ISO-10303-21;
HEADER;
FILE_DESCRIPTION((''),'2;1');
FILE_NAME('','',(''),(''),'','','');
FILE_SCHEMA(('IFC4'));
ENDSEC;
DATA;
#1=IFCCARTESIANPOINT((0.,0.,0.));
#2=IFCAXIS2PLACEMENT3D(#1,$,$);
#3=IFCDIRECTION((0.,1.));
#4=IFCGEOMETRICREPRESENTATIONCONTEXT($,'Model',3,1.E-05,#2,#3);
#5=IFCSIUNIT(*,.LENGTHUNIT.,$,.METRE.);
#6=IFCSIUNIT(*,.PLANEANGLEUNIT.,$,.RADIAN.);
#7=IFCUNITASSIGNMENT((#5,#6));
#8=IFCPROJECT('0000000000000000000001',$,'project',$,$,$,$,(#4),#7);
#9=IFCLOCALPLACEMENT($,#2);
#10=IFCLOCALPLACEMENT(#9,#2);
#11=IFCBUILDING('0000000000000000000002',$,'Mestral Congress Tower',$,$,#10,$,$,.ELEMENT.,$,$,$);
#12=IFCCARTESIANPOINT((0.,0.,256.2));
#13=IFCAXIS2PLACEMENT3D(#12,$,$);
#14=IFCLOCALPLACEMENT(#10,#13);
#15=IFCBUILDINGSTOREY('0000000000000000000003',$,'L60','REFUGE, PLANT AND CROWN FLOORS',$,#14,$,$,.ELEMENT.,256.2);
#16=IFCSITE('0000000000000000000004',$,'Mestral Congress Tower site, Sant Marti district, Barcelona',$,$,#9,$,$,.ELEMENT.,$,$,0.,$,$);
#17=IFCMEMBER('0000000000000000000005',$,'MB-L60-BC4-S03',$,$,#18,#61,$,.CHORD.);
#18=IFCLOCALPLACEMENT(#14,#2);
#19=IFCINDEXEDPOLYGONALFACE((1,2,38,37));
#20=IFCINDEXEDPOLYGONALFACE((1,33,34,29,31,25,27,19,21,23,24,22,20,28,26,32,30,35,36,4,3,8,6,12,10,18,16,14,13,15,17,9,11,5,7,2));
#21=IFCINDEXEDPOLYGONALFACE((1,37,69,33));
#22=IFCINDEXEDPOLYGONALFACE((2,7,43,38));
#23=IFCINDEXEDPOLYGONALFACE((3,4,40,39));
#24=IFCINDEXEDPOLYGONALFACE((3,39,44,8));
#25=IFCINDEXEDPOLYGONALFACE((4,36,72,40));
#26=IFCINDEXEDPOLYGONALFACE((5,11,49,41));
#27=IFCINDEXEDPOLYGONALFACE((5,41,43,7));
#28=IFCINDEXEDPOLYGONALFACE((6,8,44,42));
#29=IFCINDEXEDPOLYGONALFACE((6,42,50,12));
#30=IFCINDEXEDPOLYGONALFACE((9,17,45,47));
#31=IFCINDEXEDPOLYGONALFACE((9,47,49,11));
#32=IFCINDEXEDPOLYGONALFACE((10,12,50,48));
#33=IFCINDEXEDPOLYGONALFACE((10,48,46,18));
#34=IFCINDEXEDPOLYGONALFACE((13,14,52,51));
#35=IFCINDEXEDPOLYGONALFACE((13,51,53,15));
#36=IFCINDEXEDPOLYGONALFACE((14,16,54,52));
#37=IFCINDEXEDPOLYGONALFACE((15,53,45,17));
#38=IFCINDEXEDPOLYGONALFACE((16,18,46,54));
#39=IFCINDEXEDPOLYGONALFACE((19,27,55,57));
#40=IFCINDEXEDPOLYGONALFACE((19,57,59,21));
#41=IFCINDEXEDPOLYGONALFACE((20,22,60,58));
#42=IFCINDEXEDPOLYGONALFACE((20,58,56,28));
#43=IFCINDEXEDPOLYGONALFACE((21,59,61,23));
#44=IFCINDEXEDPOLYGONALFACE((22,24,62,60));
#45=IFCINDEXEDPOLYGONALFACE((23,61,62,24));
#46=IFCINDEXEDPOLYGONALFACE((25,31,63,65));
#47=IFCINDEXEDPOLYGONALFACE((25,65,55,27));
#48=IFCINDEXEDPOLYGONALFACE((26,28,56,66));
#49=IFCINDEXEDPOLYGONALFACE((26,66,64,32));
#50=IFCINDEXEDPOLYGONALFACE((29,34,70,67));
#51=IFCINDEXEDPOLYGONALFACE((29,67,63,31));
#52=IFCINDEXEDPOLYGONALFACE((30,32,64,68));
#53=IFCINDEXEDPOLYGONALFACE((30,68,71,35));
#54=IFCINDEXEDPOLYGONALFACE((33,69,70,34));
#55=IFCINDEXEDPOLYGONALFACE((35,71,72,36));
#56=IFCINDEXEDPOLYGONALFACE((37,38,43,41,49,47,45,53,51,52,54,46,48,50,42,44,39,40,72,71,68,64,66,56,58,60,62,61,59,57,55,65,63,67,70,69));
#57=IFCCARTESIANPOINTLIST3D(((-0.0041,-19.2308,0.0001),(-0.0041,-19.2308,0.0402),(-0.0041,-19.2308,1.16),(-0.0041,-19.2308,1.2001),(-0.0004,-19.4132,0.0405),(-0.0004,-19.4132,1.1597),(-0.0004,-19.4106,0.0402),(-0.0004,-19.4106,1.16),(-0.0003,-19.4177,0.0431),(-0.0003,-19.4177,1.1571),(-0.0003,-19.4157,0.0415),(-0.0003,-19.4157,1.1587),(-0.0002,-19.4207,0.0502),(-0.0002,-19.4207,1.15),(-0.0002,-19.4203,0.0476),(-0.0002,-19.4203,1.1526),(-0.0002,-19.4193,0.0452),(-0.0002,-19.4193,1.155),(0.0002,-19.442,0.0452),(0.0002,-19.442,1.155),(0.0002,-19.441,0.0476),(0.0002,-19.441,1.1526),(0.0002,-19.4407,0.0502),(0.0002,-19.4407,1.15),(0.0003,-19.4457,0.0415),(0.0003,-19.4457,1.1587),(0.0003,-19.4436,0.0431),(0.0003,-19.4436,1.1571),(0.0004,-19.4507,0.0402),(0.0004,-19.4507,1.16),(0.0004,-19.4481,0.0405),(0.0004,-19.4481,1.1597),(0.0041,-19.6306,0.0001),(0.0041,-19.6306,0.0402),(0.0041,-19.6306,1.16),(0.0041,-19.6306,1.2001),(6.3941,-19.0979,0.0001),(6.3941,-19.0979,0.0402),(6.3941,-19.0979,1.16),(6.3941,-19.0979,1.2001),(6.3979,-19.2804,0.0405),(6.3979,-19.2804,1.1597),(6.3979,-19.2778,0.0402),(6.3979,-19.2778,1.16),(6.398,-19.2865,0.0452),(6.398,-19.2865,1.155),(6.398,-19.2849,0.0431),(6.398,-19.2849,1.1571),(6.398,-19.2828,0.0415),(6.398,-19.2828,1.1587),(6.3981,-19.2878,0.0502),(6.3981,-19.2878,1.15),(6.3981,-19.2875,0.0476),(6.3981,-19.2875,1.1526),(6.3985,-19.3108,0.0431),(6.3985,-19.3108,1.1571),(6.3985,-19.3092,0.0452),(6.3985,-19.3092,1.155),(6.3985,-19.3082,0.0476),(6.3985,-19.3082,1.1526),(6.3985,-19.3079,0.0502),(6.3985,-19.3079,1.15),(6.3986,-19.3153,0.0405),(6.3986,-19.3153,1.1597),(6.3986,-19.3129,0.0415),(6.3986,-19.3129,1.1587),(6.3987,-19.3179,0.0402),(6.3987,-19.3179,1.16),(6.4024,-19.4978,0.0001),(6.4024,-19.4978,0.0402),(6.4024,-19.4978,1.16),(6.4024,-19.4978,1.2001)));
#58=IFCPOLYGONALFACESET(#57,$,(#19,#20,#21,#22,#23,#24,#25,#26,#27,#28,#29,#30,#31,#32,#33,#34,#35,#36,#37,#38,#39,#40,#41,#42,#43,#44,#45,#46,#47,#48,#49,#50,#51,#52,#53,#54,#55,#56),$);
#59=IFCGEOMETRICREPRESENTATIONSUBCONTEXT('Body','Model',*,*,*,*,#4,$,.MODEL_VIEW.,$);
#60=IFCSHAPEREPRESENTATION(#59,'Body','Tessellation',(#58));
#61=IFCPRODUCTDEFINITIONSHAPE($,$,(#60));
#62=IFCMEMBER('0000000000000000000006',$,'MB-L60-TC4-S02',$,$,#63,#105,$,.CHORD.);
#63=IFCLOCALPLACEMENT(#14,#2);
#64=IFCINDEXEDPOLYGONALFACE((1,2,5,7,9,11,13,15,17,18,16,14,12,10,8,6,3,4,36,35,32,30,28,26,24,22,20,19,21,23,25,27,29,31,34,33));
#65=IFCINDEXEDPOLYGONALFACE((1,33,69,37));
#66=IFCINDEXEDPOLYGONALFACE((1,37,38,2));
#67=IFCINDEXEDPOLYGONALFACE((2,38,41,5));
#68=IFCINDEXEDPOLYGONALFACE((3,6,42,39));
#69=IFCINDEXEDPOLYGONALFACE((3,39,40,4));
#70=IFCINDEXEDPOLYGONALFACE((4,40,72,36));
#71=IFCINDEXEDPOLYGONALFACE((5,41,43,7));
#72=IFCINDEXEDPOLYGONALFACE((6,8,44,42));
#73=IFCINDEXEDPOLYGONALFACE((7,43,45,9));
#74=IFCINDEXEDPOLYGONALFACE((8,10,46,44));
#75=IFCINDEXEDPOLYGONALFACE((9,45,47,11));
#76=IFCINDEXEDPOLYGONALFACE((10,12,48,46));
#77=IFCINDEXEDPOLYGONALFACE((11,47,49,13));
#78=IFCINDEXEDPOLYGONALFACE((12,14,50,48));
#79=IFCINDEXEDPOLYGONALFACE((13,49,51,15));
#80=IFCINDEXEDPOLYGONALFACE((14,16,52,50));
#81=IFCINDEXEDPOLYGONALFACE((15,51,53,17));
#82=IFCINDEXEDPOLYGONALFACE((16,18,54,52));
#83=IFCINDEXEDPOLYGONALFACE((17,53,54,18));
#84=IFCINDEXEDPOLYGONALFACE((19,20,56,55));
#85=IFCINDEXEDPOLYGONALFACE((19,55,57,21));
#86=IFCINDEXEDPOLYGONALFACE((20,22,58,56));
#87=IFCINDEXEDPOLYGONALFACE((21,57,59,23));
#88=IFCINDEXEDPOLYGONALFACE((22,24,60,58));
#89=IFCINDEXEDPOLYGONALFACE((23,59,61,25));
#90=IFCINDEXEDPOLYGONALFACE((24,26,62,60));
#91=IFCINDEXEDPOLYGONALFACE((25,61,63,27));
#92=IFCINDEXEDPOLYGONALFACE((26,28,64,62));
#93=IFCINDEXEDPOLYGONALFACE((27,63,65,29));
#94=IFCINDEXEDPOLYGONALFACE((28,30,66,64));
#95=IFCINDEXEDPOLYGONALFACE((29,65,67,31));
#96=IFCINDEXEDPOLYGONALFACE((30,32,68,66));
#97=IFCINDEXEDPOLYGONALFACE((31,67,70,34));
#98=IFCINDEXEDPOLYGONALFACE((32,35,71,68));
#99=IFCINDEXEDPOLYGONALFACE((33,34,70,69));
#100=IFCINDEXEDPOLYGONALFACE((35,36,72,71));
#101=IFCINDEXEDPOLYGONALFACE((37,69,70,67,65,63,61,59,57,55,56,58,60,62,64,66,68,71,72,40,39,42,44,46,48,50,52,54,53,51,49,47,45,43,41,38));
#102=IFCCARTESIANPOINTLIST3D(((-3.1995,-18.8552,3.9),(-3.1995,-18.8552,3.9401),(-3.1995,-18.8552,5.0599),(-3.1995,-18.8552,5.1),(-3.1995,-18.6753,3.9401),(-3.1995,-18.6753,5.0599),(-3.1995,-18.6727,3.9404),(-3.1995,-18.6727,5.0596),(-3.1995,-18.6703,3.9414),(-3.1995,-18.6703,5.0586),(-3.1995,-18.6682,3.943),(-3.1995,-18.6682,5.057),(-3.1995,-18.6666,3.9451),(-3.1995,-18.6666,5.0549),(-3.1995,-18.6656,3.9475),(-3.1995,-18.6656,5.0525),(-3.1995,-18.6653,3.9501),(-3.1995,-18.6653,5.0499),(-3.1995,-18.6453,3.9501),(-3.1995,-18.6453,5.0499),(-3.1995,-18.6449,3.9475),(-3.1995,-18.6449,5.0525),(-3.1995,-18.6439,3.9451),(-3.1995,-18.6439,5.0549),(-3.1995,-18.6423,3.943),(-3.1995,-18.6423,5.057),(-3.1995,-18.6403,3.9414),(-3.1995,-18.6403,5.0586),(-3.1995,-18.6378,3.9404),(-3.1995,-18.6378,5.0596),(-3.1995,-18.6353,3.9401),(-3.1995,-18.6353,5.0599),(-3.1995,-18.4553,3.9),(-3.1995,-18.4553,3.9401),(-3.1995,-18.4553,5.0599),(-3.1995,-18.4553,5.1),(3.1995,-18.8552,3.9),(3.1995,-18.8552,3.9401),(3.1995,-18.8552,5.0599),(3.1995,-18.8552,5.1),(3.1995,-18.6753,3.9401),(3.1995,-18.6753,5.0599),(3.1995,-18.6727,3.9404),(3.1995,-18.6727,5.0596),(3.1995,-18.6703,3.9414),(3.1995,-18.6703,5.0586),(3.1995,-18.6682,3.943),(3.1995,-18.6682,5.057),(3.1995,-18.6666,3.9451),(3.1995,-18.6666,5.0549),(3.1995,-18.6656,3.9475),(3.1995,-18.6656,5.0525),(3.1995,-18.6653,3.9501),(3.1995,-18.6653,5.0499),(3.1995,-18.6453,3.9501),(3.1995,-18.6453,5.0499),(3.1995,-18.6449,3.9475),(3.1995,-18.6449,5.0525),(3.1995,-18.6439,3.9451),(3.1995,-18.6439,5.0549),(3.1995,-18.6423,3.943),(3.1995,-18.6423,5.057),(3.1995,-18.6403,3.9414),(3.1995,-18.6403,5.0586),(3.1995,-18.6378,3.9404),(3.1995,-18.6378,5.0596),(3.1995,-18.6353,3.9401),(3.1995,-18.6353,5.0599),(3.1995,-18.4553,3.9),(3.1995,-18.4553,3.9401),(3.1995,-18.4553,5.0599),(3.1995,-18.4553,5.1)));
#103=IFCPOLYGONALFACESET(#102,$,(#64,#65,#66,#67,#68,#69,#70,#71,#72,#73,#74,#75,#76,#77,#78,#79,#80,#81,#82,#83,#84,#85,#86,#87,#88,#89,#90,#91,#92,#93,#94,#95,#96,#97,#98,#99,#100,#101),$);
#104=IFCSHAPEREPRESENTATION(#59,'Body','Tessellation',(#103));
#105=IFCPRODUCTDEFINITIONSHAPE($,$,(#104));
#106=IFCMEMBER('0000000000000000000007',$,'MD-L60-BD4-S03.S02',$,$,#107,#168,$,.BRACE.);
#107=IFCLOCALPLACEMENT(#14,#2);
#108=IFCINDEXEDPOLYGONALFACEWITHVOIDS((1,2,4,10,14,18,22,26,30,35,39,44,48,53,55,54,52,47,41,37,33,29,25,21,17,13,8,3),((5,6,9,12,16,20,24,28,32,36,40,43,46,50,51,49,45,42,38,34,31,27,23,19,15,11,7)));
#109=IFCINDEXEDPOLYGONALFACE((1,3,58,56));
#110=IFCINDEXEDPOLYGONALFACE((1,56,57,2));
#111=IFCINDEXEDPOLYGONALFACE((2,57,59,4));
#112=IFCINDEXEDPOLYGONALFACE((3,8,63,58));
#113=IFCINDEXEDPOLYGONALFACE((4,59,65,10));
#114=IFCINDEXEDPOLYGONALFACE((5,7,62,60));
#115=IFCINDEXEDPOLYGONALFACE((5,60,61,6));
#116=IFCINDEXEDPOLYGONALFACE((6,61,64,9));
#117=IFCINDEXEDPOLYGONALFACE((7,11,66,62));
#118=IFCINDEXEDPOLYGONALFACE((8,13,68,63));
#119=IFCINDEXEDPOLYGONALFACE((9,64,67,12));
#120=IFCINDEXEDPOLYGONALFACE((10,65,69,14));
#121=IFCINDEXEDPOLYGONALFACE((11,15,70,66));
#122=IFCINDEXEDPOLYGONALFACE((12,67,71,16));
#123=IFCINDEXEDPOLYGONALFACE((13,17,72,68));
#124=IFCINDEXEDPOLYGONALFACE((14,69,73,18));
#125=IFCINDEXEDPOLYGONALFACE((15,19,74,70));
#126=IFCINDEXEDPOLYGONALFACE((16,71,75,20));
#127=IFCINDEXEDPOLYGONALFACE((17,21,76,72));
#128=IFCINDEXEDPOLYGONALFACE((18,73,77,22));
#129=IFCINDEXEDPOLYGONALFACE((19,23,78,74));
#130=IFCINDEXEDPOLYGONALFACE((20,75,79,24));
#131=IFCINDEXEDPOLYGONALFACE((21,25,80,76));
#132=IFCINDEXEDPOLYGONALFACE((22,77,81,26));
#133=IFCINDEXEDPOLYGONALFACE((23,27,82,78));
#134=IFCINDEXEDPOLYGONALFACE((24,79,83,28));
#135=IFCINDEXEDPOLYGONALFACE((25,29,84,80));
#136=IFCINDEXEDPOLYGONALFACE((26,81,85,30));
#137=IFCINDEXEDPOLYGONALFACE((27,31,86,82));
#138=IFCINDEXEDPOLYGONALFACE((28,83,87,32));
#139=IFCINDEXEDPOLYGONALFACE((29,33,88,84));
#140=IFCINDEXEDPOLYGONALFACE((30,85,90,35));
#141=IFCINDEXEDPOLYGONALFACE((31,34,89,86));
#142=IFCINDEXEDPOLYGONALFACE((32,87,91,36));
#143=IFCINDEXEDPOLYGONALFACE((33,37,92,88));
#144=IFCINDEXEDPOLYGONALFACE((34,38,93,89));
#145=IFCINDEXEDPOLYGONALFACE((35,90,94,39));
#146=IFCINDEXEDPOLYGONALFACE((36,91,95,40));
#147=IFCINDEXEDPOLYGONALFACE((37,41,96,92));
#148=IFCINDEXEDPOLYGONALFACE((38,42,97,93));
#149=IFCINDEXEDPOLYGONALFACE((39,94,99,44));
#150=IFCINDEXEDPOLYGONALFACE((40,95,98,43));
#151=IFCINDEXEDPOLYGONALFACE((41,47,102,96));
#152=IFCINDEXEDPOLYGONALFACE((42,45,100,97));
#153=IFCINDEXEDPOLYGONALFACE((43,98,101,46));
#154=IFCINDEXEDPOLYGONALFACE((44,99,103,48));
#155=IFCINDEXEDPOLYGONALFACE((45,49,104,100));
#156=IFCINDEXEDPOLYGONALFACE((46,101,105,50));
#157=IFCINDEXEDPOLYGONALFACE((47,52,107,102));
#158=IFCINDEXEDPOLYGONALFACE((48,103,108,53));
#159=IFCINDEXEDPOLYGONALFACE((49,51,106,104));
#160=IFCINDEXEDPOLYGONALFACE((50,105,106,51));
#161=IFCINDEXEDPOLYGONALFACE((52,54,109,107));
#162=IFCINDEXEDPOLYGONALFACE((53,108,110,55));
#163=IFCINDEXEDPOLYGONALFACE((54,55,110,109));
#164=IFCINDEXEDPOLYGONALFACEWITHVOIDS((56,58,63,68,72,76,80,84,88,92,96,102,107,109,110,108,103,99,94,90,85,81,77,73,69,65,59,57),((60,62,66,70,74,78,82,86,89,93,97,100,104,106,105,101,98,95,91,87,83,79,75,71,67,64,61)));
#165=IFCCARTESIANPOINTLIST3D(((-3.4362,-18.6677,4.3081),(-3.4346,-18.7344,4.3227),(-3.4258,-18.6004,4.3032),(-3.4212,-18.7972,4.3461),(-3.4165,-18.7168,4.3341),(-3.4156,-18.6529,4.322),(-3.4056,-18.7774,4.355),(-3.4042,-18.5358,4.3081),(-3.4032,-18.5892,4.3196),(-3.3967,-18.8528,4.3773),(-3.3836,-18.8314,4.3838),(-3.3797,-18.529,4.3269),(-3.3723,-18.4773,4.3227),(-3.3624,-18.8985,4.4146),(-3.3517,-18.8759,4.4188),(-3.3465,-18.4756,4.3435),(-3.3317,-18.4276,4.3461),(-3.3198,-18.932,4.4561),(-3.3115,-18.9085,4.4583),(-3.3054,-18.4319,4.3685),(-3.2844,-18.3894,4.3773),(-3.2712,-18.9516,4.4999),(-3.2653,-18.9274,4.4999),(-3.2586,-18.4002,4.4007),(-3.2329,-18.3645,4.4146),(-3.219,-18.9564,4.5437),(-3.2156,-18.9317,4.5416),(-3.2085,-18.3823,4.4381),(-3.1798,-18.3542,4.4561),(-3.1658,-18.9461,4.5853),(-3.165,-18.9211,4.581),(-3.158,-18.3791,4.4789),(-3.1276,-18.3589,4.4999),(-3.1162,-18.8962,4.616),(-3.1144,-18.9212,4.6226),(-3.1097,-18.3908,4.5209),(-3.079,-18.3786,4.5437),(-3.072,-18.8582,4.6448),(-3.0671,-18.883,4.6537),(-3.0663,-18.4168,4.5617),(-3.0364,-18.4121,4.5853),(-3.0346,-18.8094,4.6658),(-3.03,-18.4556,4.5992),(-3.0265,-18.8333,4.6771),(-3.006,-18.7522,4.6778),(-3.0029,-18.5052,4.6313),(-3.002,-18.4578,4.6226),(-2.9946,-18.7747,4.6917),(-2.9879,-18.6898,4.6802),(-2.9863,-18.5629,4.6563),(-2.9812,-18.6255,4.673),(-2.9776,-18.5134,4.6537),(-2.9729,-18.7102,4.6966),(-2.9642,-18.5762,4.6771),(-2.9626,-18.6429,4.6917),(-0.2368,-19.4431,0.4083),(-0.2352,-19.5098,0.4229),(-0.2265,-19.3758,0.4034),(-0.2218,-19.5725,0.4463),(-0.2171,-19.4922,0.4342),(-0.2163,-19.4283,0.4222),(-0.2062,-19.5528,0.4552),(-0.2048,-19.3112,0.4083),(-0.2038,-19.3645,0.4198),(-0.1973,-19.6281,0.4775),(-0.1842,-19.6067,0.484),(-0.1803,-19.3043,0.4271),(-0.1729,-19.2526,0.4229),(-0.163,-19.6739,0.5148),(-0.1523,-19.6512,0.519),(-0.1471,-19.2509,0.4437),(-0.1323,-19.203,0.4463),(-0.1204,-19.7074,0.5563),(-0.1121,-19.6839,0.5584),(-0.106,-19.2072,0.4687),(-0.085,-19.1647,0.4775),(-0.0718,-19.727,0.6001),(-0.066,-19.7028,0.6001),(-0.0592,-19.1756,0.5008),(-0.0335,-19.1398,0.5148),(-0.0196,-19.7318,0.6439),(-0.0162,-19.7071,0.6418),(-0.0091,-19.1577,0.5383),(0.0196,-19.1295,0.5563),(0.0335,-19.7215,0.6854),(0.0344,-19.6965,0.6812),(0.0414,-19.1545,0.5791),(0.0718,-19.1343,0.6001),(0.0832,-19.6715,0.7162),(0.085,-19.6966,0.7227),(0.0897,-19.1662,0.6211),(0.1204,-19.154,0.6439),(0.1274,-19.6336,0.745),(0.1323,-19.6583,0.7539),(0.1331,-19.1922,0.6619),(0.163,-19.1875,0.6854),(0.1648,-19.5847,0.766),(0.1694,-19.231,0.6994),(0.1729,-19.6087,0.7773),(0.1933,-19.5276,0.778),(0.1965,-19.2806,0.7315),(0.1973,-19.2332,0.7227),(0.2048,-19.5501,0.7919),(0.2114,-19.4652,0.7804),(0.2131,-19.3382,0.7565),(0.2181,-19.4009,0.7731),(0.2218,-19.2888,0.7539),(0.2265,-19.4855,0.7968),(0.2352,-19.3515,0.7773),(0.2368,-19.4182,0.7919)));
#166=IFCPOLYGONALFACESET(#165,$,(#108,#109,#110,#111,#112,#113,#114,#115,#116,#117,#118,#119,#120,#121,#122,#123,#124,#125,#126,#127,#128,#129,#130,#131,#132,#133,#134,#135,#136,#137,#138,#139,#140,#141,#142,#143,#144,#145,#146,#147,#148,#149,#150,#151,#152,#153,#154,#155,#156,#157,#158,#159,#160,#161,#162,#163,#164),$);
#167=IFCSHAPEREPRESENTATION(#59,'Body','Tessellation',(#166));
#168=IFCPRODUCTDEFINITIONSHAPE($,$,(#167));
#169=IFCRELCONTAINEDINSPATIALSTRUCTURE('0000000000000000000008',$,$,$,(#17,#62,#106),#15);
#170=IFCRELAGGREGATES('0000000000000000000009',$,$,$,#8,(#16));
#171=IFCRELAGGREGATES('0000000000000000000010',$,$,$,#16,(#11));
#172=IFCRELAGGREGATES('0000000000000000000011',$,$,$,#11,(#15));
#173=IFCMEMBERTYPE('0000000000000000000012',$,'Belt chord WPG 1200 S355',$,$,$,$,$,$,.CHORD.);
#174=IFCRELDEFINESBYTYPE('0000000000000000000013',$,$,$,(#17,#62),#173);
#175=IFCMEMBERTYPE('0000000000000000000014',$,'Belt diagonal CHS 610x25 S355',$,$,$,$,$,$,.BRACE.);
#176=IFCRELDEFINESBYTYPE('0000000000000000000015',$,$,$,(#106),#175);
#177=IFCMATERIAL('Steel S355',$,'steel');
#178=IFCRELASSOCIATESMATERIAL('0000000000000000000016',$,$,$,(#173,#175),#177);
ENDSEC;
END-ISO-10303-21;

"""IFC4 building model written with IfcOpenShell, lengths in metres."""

from ifc_helpers import new_model, si_unit, direction, frame, origin, origin_2d, place, context, subcontext, project, spatial, hollow_circle, i_section, extrude, material, material_profile, profile_set, type_object, element, save


model = new_model("IFC4")

# Units and contexts
model_context = context("Model", 3, precision=1e-05, world=origin(), true_north=direction((0.0, 1.0)))
body_context = subcontext(model_context, "Body", "Model", "MODEL_VIEW")
ifc_project = project(units=[si_unit("LENGTHUNIT", "METRE"), si_unit("PLANEANGLEUNIT", "RADIAN")], contexts=[model_context])

# Site, building, storey
site_placement = place(None, origin())
site = spatial("IfcSite", under=ifc_project, at=site_placement, Name="Mestral Congress Tower site, Sant Marti district, Barcelona", CompositionType="ELEMENT", RefElevation=0.0)
building_placement = place(site_placement, origin())
building = spatial("IfcBuilding", under=site, at=building_placement, Name="Mestral Congress Tower", CompositionType="ELEMENT")
storey_placement = place(building_placement, frame((0.0, 0.0, 256.2)))
storey = spatial("IfcBuildingStorey", under=building, at=storey_placement, Name="L60", Description="REFUGE, PLANT AND CROWN FLOORS", CompositionType="ELEMENT", Elevation=256.2)

# Members
ifc_material_1 = material(Name="Steel S355", Category="steel")
ifc_material_profile_1 = material_profile(ifc_material_1, i_section(OverallWidth=0.3999, OverallDepth=1.2, WebThickness=0.02, FlangeThickness=0.04, FilletRadius=0.01, at=origin_2d()), Name="WPG 1200")
ifc_profile_set_1 = profile_set([ifc_material_profile_1], Name="Steel S355")
member_type_1 = type_object("IfcMemberType", Name="Belt chord WPG 1200 S355", PredefinedType="CHORD", material=ifc_profile_set_1)
member_1_placement = place(storey_placement, frame((0.0, -19.4307, 0.6001), z_axis=(0.999785, 0.020753, 0.0), x_axis=(-0.020753, 0.999785, 0.0)))
element("IfcMember", 1, at=member_1_placement, inside=storey, type_object=member_type_1, Name="MB-L60-BC4-S03", PredefinedType="CHORD", context=body_context, shape_type="SweptSolid", body=[
    extrude(i_section(OverallWidth=0.3999, OverallDepth=1.2, WebThickness=0.02, FlangeThickness=0.04, FilletRadius=0.01, at=origin_2d()), origin(), (0.0, 0.0, 1.0), 6.3997),
])
member_2_placement = place(storey_placement, frame((-3.1995, -18.6553, 4.5), z_axis=(1.0, 0.0, 0.0), x_axis=(0.0, 1.0, 0.0)))
element("IfcMember", 2, at=member_2_placement, inside=storey, type_object=member_type_1, Name="MB-L60-TC4-S02", PredefinedType="CHORD", context=body_context, shape_type="SweptSolid", body=[
    extrude(i_section(OverallWidth=0.3999, OverallDepth=1.2, WebThickness=0.02, FlangeThickness=0.04, FilletRadius=0.01, at=origin_2d()), origin(), (0.0, 0.0, 1.0), 6.3989),
])
ifc_material_profile_2 = material_profile(ifc_material_1, hollow_circle(Radius=0.3049, WallThickness=0.0249, at=origin_2d()), Name="CHS 610x25")
ifc_profile_set_2 = profile_set([ifc_material_profile_2], Name="Steel S355")
member_type_2 = type_object("IfcMemberType", Name="Belt diagonal CHS 610x25 S355", PredefinedType="BRACE", material=ifc_profile_set_2)
for number, where, z_axis, x_axis, name in (
    (3, (0.0, -19.4307, 0.6001), (-0.6269, 0.151929, 0.764143), (-0.235532, -0.971867, 0.0), "MD-L60-BD4-S03.S02"),
):
    element("IfcMember", number, at=place(storey_placement, frame(where, z_axis=z_axis, x_axis=x_axis)), inside=storey, type_object=member_type_2, Name=name, PredefinedType="BRACE", context=body_context, shape_type="SweptSolid", body=[
        extrude(hollow_circle(Radius=0.3049, WallThickness=0.0249, at=origin_2d()), origin(), (0.0, 0.0, 1.0), 5.1035),
    ])

save(model, "model.ifc")
